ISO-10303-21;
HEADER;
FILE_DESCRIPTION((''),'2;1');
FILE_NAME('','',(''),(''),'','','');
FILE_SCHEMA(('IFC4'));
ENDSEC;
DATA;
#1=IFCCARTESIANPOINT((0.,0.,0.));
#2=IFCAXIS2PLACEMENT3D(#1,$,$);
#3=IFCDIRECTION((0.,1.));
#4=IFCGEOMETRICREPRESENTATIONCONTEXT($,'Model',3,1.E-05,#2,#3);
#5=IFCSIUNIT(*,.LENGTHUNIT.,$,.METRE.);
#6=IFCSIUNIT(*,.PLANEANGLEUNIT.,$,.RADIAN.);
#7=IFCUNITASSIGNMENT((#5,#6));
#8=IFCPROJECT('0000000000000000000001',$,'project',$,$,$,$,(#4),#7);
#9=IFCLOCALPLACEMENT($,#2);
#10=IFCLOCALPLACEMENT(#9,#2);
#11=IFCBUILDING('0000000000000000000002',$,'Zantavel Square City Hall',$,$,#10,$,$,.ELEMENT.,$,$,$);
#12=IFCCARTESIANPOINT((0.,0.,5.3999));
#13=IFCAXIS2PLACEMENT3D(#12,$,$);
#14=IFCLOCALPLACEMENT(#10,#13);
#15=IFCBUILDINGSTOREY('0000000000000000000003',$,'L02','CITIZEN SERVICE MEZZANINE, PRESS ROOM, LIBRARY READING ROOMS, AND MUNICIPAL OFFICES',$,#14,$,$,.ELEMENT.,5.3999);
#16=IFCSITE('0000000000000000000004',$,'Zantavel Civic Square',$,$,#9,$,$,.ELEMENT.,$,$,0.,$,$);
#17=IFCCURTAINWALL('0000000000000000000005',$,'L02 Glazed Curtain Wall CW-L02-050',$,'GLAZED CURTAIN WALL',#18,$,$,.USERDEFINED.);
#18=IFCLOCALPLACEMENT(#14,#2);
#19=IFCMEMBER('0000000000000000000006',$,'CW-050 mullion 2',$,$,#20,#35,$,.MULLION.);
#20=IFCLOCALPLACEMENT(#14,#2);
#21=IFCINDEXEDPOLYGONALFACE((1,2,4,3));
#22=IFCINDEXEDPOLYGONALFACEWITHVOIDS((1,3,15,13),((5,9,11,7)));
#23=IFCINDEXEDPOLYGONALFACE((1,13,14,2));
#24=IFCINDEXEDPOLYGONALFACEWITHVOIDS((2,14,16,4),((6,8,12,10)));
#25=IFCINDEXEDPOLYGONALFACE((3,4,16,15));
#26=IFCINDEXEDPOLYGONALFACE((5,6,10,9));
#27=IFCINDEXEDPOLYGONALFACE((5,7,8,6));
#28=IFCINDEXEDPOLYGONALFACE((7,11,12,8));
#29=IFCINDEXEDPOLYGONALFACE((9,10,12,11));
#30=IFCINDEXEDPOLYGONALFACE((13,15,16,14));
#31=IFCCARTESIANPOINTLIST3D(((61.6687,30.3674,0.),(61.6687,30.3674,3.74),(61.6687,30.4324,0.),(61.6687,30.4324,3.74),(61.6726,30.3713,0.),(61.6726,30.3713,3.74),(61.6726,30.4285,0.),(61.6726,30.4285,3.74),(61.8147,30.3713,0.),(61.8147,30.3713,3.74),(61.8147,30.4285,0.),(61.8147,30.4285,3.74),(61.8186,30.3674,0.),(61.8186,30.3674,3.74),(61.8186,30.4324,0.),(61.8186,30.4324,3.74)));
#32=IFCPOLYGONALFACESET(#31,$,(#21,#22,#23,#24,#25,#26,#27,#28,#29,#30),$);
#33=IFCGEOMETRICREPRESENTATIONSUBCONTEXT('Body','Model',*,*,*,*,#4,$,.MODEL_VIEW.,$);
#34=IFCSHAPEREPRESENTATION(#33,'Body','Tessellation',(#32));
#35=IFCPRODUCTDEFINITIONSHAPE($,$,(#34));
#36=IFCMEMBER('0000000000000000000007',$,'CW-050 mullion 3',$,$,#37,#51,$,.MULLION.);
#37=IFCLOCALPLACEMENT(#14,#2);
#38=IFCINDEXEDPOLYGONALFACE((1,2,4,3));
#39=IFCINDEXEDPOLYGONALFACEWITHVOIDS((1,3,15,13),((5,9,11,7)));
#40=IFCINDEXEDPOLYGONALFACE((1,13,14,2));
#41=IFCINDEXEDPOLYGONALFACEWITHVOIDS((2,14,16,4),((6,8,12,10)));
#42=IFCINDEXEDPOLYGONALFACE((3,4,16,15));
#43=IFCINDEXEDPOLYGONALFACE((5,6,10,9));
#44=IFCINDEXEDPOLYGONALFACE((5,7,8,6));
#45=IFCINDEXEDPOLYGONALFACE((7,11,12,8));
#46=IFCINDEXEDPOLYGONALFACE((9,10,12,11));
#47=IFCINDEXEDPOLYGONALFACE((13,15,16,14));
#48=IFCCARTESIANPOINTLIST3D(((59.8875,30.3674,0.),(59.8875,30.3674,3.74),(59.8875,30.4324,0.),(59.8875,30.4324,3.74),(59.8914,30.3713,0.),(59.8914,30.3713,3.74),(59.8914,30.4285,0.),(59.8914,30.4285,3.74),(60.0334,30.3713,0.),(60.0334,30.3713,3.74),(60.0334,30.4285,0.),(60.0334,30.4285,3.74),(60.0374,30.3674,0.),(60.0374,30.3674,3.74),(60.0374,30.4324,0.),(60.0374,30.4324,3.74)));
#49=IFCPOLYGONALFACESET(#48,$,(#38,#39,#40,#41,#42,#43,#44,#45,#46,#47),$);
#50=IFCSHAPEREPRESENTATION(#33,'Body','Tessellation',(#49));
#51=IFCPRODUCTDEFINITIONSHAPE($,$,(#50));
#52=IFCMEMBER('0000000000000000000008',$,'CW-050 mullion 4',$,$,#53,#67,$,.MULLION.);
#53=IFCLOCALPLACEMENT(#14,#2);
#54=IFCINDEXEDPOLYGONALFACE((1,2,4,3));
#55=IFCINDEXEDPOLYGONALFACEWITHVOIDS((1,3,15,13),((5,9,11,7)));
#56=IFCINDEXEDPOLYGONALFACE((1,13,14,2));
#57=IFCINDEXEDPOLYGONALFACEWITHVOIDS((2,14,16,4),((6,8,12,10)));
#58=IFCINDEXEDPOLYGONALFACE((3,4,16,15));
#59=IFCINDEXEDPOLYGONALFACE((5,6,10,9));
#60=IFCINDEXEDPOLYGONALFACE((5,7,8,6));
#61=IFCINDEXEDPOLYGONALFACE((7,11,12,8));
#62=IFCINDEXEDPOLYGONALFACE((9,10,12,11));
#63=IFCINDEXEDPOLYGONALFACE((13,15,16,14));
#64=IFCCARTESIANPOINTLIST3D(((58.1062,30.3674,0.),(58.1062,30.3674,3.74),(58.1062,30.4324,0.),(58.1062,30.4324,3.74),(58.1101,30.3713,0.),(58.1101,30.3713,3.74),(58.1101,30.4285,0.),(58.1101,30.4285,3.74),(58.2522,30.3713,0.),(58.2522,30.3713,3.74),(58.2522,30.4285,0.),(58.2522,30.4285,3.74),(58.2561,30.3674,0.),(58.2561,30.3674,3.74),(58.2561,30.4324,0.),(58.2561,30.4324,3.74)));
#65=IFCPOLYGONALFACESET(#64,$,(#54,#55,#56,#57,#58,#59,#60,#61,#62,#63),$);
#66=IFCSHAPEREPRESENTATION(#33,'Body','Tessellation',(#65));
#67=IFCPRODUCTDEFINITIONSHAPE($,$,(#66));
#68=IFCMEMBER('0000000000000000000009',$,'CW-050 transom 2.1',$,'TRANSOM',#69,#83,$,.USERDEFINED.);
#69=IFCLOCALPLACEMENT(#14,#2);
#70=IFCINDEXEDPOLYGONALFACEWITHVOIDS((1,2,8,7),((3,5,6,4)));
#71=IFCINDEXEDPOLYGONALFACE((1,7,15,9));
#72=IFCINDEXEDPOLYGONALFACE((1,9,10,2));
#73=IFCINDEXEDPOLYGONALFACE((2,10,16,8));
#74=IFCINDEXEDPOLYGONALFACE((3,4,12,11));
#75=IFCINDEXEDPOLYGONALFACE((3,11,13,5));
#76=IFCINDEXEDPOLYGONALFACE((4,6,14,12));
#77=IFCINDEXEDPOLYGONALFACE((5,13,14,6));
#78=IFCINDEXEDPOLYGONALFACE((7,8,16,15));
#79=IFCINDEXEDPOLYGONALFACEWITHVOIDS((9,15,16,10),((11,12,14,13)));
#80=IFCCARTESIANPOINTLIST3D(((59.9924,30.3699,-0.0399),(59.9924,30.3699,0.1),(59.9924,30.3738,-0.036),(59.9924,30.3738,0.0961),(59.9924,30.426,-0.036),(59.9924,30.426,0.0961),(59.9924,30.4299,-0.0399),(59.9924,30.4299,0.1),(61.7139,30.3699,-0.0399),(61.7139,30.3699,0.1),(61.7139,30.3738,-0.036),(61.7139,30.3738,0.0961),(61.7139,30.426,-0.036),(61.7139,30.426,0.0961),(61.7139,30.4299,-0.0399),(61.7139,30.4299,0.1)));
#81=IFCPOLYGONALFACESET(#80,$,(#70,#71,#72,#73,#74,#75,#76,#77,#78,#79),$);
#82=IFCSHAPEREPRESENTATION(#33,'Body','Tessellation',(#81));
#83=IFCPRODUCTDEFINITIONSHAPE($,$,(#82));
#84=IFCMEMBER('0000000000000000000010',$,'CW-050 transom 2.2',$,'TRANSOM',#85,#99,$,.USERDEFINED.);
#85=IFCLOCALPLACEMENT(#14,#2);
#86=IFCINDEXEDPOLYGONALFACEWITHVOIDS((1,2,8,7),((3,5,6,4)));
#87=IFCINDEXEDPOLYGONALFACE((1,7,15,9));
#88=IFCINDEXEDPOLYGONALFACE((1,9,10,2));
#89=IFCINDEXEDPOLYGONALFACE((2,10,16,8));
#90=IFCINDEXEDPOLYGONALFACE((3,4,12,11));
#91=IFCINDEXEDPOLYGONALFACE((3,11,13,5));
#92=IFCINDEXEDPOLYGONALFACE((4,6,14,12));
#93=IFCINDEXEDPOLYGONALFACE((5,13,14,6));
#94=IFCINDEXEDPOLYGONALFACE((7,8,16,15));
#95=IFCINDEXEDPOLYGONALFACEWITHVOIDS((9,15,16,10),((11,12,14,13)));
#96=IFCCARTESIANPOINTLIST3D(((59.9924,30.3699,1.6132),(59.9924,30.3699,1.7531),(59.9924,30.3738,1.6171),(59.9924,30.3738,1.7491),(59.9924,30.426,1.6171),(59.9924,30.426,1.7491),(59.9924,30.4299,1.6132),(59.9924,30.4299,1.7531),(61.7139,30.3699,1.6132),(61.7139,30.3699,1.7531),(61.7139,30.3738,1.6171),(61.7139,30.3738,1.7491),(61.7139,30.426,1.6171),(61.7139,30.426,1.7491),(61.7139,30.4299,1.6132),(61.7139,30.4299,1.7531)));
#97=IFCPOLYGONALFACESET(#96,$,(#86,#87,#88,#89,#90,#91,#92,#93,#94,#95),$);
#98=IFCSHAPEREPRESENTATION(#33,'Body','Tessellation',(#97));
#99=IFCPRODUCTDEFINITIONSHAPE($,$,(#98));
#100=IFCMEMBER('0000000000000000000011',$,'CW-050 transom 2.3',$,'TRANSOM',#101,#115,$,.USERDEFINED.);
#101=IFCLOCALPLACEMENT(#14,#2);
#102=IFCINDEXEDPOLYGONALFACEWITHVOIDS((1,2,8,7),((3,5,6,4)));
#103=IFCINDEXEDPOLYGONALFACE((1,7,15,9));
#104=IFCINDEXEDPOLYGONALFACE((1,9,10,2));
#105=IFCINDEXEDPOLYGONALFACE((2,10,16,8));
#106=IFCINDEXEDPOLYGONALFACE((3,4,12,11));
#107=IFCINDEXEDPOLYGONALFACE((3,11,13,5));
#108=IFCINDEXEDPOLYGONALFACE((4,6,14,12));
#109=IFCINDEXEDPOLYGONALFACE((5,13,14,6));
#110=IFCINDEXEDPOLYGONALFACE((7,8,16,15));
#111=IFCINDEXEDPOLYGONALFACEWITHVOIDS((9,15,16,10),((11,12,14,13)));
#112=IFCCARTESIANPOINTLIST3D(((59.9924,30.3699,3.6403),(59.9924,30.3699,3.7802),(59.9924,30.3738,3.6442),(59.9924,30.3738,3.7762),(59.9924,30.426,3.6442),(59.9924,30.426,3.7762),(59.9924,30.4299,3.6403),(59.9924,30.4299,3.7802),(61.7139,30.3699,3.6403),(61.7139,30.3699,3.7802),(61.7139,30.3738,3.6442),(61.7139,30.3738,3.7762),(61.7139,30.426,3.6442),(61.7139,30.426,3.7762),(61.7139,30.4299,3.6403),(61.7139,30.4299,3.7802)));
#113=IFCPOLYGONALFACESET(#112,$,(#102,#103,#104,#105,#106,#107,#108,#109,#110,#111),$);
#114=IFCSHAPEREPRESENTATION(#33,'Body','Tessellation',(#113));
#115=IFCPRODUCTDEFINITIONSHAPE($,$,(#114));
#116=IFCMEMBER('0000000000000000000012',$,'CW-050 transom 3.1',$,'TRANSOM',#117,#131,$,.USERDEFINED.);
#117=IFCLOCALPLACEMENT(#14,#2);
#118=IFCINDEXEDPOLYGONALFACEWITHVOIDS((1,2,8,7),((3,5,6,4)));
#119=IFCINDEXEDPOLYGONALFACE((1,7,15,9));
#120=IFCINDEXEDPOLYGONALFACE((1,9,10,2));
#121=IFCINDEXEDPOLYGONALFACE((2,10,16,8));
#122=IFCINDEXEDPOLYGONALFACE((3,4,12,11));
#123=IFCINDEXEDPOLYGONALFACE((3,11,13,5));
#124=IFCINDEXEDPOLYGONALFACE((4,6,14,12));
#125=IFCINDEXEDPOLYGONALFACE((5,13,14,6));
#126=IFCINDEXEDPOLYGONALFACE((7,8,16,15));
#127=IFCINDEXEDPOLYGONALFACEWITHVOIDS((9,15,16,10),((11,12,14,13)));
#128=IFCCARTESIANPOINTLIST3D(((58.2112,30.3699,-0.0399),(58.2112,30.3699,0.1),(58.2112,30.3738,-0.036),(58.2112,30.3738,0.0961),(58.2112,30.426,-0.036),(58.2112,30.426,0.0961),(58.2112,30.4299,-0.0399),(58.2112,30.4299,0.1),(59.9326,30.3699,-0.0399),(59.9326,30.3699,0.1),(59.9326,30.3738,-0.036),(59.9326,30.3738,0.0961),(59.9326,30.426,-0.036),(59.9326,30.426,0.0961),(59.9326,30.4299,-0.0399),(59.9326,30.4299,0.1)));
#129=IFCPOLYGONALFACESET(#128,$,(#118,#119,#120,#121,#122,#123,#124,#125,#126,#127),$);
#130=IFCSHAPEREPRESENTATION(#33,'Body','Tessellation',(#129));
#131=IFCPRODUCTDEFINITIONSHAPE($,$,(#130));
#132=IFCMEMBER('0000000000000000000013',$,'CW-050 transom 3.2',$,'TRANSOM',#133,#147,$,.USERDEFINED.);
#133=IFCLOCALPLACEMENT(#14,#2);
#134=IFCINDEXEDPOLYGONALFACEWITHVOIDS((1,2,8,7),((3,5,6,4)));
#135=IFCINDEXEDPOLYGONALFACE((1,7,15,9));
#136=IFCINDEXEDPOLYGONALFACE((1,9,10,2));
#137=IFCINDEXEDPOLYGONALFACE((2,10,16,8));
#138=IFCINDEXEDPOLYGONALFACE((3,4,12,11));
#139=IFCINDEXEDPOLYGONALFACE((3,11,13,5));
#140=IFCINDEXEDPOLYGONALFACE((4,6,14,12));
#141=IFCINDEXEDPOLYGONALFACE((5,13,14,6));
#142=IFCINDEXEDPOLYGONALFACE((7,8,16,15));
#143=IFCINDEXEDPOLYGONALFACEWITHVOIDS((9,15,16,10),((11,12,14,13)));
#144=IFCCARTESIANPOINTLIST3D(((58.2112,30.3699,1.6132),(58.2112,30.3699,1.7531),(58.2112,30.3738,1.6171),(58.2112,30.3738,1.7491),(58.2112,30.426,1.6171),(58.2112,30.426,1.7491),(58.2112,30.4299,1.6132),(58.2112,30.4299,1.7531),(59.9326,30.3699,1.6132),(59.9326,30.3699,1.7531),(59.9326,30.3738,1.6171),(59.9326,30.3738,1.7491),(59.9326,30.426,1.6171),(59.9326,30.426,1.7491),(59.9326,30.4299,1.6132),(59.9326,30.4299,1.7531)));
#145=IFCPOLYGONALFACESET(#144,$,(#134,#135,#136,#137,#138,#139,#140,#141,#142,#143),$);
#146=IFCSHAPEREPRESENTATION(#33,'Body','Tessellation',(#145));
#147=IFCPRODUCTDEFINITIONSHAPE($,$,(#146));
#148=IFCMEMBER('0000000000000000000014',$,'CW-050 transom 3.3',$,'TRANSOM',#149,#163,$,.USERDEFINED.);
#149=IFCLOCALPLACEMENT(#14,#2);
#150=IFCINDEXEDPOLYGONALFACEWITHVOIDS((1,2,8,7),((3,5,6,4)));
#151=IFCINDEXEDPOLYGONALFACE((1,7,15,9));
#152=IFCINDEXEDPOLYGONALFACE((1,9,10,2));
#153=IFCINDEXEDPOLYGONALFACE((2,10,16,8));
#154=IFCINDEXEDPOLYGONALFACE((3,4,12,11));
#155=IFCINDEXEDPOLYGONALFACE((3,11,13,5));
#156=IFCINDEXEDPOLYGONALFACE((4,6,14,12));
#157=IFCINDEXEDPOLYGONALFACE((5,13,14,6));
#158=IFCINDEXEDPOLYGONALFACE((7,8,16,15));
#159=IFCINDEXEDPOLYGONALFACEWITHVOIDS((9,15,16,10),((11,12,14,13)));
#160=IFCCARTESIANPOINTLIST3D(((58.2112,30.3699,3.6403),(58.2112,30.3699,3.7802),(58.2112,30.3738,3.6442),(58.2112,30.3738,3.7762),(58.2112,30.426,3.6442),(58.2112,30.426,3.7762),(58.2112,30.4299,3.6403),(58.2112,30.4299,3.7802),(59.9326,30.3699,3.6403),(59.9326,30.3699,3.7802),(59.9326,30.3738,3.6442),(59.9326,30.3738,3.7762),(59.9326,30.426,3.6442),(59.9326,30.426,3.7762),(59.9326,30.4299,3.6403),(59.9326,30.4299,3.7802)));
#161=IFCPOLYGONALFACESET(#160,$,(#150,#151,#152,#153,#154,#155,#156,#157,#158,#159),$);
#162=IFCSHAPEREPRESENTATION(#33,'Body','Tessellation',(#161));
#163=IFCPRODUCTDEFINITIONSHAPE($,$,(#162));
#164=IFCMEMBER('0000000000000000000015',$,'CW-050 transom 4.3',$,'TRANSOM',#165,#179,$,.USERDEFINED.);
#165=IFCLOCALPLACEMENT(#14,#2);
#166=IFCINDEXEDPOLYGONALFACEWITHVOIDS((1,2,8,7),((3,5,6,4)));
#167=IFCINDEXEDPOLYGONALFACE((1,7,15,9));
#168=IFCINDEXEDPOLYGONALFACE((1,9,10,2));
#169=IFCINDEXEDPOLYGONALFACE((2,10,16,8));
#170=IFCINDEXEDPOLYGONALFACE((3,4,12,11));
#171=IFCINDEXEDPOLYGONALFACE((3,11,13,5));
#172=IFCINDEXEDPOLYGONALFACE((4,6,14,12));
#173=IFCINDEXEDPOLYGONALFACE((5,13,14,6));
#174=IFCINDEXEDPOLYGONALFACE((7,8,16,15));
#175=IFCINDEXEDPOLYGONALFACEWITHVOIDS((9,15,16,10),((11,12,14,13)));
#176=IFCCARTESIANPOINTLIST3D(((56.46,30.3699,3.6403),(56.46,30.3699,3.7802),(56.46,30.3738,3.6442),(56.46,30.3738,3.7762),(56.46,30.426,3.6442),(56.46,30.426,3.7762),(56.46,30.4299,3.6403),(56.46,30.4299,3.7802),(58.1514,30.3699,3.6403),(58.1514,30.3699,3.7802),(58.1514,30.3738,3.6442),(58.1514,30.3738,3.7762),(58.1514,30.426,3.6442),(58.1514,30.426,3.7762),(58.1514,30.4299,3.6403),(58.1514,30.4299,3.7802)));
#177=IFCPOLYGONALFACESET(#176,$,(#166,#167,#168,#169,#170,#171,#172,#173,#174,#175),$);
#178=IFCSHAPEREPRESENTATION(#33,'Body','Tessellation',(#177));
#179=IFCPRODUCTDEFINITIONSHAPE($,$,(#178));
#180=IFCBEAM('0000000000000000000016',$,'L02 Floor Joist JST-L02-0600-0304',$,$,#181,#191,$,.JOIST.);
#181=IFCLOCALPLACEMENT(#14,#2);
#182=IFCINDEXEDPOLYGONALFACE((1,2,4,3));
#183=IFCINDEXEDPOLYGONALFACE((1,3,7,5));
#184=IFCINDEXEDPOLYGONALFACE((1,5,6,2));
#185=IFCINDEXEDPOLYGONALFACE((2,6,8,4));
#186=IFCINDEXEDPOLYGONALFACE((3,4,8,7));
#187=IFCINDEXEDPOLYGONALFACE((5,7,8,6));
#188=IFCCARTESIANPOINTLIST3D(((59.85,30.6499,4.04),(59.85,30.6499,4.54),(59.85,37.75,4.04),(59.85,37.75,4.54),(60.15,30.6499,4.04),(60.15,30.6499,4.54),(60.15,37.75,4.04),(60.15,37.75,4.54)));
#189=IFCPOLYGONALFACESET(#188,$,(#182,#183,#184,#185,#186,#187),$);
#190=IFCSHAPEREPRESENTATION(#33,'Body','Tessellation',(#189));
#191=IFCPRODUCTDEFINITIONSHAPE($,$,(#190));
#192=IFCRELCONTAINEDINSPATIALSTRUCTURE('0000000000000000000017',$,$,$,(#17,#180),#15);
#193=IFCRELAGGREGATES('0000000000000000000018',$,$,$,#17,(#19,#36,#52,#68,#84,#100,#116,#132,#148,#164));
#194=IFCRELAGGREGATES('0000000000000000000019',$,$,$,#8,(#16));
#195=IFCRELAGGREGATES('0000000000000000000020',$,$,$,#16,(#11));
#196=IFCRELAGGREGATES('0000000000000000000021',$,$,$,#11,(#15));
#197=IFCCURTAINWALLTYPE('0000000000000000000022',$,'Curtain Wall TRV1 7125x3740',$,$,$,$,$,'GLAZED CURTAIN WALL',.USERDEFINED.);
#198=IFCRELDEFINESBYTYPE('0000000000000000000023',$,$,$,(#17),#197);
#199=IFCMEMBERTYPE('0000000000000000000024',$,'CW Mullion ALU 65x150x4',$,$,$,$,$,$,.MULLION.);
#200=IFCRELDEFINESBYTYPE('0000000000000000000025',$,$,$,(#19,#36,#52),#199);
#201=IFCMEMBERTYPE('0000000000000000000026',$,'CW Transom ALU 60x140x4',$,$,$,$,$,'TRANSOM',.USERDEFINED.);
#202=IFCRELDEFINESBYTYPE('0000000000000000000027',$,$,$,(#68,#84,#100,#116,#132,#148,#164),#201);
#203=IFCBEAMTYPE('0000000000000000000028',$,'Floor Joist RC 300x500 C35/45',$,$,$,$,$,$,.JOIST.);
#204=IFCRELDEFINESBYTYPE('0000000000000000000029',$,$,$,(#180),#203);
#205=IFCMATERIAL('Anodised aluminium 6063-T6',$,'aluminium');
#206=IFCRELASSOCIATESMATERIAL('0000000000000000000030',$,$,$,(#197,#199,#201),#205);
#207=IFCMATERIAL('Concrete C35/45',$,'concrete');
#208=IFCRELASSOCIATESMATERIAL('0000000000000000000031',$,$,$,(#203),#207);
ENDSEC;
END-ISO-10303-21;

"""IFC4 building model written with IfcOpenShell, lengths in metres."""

from ifc_helpers import new_model, si_unit, direction, frame, origin, origin_2d, place, context, subcontext, project, spatial, rectangle, hollow_rectangle, extrude, material, material_profile, profile_set, type_object, element, aggregate, save


model = new_model("IFC4")

# Units and contexts
model_context = context("Model", 3, precision=1e-05, world=origin(), true_north=direction((0.0, 1.0)))
body_context = subcontext(model_context, "Body", "Model", "MODEL_VIEW")
ifc_project = project(units=[si_unit("LENGTHUNIT", "METRE"), si_unit("PLANEANGLEUNIT", "RADIAN")], contexts=[model_context])

# Site, building, storey
site_placement = place(None, origin())
site = spatial("IfcSite", under=ifc_project, at=site_placement, Name="Zantavel Civic Square", CompositionType="ELEMENT", RefElevation=0.0)
building_placement = place(site_placement, origin())
building = spatial("IfcBuilding", under=site, at=building_placement, Name="Zantavel Square City Hall", CompositionType="ELEMENT")
storey_placement = place(building_placement, frame((0.0, 0.0, 5.3999)))
storey = spatial("IfcBuildingStorey", under=building, at=storey_placement, Name="L02", Description="CITIZEN SERVICE MEZZANINE, PRESS ROOM, LIBRARY READING ROOMS, AND MUNICIPAL OFFICES", CompositionType="ELEMENT", Elevation=5.3999)

# Curtain wall, members
ifc_material_1 = material(Name="Anodised aluminium 6063-T6", Category="aluminium")
curtain_wall_type = type_object("IfcCurtainWallType", Name="Curtain Wall TRV1 7125x3740", ElementType="GLAZED CURTAIN WALL", PredefinedType="USERDEFINED", material=ifc_material_1)
curtain_wall_placement = place(storey_placement, origin())
curtain_wall = element("IfcCurtainWall", 1, at=curtain_wall_placement, inside=storey, type_object=curtain_wall_type, Name="L02 Glazed Curtain Wall CW-L02-050", ObjectType="GLAZED CURTAIN WALL", PredefinedType="USERDEFINED")
ifc_material_profile_1 = material_profile(ifc_material_1, hollow_rectangle(XDim=0.0649, YDim=0.1499, WallThickness=0.0039, at=origin_2d()), Name="ALU 65x150x4")
ifc_profile_set_1 = profile_set([ifc_material_profile_1], Name="Anodised aluminium 6063-T6")
member_type_1 = type_object("IfcMemberType", Name="CW Mullion ALU 65x150x4", PredefinedType="MULLION", material=ifc_profile_set_1)
member_1_placement = place(storey_placement, frame((61.7437, 30.3999, 0.0), z_axis=(0.0, 0.0, 1.0), x_axis=(0.0, -1.0, 0.0)))
member_1 = element("IfcMember", 2, at=member_1_placement, type_object=member_type_1, Name="CW-050 mullion 2", PredefinedType="MULLION", context=body_context, shape_type="SweptSolid", body=[
    extrude(hollow_rectangle(XDim=0.0649, YDim=0.1499, WallThickness=0.0039, at=origin_2d()), origin(), (0.0, 0.0, 1.0), 3.74),
])
member_2_placement = place(storey_placement, frame((59.9624, 30.3999, 0.0), z_axis=(0.0, 0.0, 1.0), x_axis=(0.0, -1.0, 0.0)))
member_2 = element("IfcMember", 3, at=member_2_placement, type_object=member_type_1, Name="CW-050 mullion 3", PredefinedType="MULLION", context=body_context, shape_type="SweptSolid", body=[
    extrude(hollow_rectangle(XDim=0.0649, YDim=0.1499, WallThickness=0.0039, at=origin_2d()), origin(), (0.0, 0.0, 1.0), 3.74),
])
member_3_placement = place(storey_placement, frame((58.1812, 30.3999, 0.0), z_axis=(0.0, 0.0, 1.0), x_axis=(0.0, -1.0, 0.0)))
member_3 = element("IfcMember", 4, at=member_3_placement, type_object=member_type_1, Name="CW-050 mullion 4", PredefinedType="MULLION", context=body_context, shape_type="SweptSolid", body=[
    extrude(hollow_rectangle(XDim=0.0649, YDim=0.1499, WallThickness=0.0039, at=origin_2d()), origin(), (0.0, 0.0, 1.0), 3.74),
])
ifc_material_profile_2 = material_profile(ifc_material_1, hollow_rectangle(XDim=0.0601, YDim=0.1399, WallThickness=0.0039, at=origin_2d()), Name="ALU 60x140x4")
ifc_profile_set_2 = profile_set([ifc_material_profile_2], Name="Anodised aluminium 6063-T6")
member_type_2 = type_object("IfcMemberType", Name="CW Transom ALU 60x140x4", ElementType="TRANSOM", PredefinedType="USERDEFINED", material=ifc_profile_set_2)
member_4_placement = place(storey_placement, frame((61.7139, 30.3999, 0.03), z_axis=(-1.0, 0.0, 0.0), x_axis=(0.0, -1.0, 0.0)))
member_4 = element("IfcMember", 5, at=member_4_placement, type_object=member_type_2, Name="CW-050 transom 2.1", ObjectType="TRANSOM", PredefinedType="USERDEFINED", context=body_context, shape_type="SweptSolid", body=[
    extrude(hollow_rectangle(XDim=0.0601, YDim=0.1399, WallThickness=0.0039, at=origin_2d()), origin(), (0.0, 0.0, 1.0), 1.7214),
])
member_5_placement = place(storey_placement, frame((61.7139, 30.3999, 1.6831), z_axis=(-1.0, 0.0, 0.0), x_axis=(0.0, -1.0, 0.0)))
member_5 = element("IfcMember", 6, at=member_5_placement, type_object=member_type_2, Name="CW-050 transom 2.2", ObjectType="TRANSOM", PredefinedType="USERDEFINED", context=body_context, shape_type="SweptSolid", body=[
    extrude(hollow_rectangle(XDim=0.0601, YDim=0.1399, WallThickness=0.0039, at=origin_2d()), origin(), (0.0, 0.0, 1.0), 1.7214),
])
member_6_placement = place(storey_placement, frame((61.7139, 30.3999, 3.7102), z_axis=(-1.0, 0.0, 0.0), x_axis=(0.0, -1.0, 0.0)))
member_6 = element("IfcMember", 7, at=member_6_placement, type_object=member_type_2, Name="CW-050 transom 2.3", ObjectType="TRANSOM", PredefinedType="USERDEFINED", context=body_context, shape_type="SweptSolid", body=[
    extrude(hollow_rectangle(XDim=0.0601, YDim=0.1399, WallThickness=0.0039, at=origin_2d()), origin(), (0.0, 0.0, 1.0), 1.7214),
])
member_7_placement = place(storey_placement, frame((59.9326, 30.3999, 0.03), z_axis=(-1.0, 0.0, 0.0), x_axis=(0.0, -1.0, 0.0)))
member_7 = element("IfcMember", 8, at=member_7_placement, type_object=member_type_2, Name="CW-050 transom 3.1", ObjectType="TRANSOM", PredefinedType="USERDEFINED", context=body_context, shape_type="SweptSolid", body=[
    extrude(hollow_rectangle(XDim=0.0601, YDim=0.1399, WallThickness=0.0039, at=origin_2d()), origin(), (0.0, 0.0, 1.0), 1.7214),
])
member_8_placement = place(storey_placement, frame((59.9326, 30.3999, 1.6831), z_axis=(-1.0, 0.0, 0.0), x_axis=(0.0, -1.0, 0.0)))
member_8 = element("IfcMember", 9, at=member_8_placement, type_object=member_type_2, Name="CW-050 transom 3.2", ObjectType="TRANSOM", PredefinedType="USERDEFINED", context=body_context, shape_type="SweptSolid", body=[
    extrude(hollow_rectangle(XDim=0.0601, YDim=0.1399, WallThickness=0.0039, at=origin_2d()), origin(), (0.0, 0.0, 1.0), 1.7214),
])
member_9_placement = place(storey_placement, frame((59.9326, 30.3999, 3.7102), z_axis=(-1.0, 0.0, 0.0), x_axis=(0.0, -1.0, 0.0)))
member_9 = element("IfcMember", 10, at=member_9_placement, type_object=member_type_2, Name="CW-050 transom 3.3", ObjectType="TRANSOM", PredefinedType="USERDEFINED", context=body_context, shape_type="SweptSolid", body=[
    extrude(hollow_rectangle(XDim=0.0601, YDim=0.1399, WallThickness=0.0039, at=origin_2d()), origin(), (0.0, 0.0, 1.0), 1.7214),
])
member_10_placement = place(storey_placement, frame((58.1514, 30.3999, 3.7102), z_axis=(-1.0, 0.0, 0.0), x_axis=(0.0, -1.0, 0.0)))
member_10 = element("IfcMember", 11, at=member_10_placement, type_object=member_type_2, Name="CW-050 transom 4.3", ObjectType="TRANSOM", PredefinedType="USERDEFINED", context=body_context, shape_type="SweptSolid", body=[
    extrude(hollow_rectangle(XDim=0.0601, YDim=0.1399, WallThickness=0.0039, at=origin_2d()), origin(), (0.0, 0.0, 1.0), 1.6914),
])

# Beam
ifc_material_2 = material(Name="Concrete C35/45", Category="concrete")
ifc_material_profile_3 = material_profile(ifc_material_2, rectangle(XDim=0.3, YDim=0.5, at=origin_2d()), Name="RC 300x500")
ifc_profile_set_3 = profile_set([ifc_material_profile_3], Name="Concrete C35/45")
beam_type = type_object("IfcBeamType", Name="Floor Joist RC 300x500 C35/45", PredefinedType="JOIST", material=ifc_profile_set_3)
beam_placement = place(storey_placement, frame((60.0, 30.6499, 4.29), z_axis=(0.0, 1.0, 0.0), x_axis=(-1.0, 0.0, 0.0)))
element("IfcBeam", 12, at=beam_placement, inside=storey, type_object=beam_type, Name="L02 Floor Joist JST-L02-0600-0304", PredefinedType="JOIST", context=body_context, shape_type="SweptSolid", body=[
    extrude(rectangle(XDim=0.3, YDim=0.5, at=origin_2d()), origin(), (0.0, 0.0, 1.0), 7.1001),
])

aggregate(curtain_wall, [member_1, member_2, member_3, member_4, member_5, member_6, member_7, member_8, member_9, member_10])

save(model, "model.ifc")
